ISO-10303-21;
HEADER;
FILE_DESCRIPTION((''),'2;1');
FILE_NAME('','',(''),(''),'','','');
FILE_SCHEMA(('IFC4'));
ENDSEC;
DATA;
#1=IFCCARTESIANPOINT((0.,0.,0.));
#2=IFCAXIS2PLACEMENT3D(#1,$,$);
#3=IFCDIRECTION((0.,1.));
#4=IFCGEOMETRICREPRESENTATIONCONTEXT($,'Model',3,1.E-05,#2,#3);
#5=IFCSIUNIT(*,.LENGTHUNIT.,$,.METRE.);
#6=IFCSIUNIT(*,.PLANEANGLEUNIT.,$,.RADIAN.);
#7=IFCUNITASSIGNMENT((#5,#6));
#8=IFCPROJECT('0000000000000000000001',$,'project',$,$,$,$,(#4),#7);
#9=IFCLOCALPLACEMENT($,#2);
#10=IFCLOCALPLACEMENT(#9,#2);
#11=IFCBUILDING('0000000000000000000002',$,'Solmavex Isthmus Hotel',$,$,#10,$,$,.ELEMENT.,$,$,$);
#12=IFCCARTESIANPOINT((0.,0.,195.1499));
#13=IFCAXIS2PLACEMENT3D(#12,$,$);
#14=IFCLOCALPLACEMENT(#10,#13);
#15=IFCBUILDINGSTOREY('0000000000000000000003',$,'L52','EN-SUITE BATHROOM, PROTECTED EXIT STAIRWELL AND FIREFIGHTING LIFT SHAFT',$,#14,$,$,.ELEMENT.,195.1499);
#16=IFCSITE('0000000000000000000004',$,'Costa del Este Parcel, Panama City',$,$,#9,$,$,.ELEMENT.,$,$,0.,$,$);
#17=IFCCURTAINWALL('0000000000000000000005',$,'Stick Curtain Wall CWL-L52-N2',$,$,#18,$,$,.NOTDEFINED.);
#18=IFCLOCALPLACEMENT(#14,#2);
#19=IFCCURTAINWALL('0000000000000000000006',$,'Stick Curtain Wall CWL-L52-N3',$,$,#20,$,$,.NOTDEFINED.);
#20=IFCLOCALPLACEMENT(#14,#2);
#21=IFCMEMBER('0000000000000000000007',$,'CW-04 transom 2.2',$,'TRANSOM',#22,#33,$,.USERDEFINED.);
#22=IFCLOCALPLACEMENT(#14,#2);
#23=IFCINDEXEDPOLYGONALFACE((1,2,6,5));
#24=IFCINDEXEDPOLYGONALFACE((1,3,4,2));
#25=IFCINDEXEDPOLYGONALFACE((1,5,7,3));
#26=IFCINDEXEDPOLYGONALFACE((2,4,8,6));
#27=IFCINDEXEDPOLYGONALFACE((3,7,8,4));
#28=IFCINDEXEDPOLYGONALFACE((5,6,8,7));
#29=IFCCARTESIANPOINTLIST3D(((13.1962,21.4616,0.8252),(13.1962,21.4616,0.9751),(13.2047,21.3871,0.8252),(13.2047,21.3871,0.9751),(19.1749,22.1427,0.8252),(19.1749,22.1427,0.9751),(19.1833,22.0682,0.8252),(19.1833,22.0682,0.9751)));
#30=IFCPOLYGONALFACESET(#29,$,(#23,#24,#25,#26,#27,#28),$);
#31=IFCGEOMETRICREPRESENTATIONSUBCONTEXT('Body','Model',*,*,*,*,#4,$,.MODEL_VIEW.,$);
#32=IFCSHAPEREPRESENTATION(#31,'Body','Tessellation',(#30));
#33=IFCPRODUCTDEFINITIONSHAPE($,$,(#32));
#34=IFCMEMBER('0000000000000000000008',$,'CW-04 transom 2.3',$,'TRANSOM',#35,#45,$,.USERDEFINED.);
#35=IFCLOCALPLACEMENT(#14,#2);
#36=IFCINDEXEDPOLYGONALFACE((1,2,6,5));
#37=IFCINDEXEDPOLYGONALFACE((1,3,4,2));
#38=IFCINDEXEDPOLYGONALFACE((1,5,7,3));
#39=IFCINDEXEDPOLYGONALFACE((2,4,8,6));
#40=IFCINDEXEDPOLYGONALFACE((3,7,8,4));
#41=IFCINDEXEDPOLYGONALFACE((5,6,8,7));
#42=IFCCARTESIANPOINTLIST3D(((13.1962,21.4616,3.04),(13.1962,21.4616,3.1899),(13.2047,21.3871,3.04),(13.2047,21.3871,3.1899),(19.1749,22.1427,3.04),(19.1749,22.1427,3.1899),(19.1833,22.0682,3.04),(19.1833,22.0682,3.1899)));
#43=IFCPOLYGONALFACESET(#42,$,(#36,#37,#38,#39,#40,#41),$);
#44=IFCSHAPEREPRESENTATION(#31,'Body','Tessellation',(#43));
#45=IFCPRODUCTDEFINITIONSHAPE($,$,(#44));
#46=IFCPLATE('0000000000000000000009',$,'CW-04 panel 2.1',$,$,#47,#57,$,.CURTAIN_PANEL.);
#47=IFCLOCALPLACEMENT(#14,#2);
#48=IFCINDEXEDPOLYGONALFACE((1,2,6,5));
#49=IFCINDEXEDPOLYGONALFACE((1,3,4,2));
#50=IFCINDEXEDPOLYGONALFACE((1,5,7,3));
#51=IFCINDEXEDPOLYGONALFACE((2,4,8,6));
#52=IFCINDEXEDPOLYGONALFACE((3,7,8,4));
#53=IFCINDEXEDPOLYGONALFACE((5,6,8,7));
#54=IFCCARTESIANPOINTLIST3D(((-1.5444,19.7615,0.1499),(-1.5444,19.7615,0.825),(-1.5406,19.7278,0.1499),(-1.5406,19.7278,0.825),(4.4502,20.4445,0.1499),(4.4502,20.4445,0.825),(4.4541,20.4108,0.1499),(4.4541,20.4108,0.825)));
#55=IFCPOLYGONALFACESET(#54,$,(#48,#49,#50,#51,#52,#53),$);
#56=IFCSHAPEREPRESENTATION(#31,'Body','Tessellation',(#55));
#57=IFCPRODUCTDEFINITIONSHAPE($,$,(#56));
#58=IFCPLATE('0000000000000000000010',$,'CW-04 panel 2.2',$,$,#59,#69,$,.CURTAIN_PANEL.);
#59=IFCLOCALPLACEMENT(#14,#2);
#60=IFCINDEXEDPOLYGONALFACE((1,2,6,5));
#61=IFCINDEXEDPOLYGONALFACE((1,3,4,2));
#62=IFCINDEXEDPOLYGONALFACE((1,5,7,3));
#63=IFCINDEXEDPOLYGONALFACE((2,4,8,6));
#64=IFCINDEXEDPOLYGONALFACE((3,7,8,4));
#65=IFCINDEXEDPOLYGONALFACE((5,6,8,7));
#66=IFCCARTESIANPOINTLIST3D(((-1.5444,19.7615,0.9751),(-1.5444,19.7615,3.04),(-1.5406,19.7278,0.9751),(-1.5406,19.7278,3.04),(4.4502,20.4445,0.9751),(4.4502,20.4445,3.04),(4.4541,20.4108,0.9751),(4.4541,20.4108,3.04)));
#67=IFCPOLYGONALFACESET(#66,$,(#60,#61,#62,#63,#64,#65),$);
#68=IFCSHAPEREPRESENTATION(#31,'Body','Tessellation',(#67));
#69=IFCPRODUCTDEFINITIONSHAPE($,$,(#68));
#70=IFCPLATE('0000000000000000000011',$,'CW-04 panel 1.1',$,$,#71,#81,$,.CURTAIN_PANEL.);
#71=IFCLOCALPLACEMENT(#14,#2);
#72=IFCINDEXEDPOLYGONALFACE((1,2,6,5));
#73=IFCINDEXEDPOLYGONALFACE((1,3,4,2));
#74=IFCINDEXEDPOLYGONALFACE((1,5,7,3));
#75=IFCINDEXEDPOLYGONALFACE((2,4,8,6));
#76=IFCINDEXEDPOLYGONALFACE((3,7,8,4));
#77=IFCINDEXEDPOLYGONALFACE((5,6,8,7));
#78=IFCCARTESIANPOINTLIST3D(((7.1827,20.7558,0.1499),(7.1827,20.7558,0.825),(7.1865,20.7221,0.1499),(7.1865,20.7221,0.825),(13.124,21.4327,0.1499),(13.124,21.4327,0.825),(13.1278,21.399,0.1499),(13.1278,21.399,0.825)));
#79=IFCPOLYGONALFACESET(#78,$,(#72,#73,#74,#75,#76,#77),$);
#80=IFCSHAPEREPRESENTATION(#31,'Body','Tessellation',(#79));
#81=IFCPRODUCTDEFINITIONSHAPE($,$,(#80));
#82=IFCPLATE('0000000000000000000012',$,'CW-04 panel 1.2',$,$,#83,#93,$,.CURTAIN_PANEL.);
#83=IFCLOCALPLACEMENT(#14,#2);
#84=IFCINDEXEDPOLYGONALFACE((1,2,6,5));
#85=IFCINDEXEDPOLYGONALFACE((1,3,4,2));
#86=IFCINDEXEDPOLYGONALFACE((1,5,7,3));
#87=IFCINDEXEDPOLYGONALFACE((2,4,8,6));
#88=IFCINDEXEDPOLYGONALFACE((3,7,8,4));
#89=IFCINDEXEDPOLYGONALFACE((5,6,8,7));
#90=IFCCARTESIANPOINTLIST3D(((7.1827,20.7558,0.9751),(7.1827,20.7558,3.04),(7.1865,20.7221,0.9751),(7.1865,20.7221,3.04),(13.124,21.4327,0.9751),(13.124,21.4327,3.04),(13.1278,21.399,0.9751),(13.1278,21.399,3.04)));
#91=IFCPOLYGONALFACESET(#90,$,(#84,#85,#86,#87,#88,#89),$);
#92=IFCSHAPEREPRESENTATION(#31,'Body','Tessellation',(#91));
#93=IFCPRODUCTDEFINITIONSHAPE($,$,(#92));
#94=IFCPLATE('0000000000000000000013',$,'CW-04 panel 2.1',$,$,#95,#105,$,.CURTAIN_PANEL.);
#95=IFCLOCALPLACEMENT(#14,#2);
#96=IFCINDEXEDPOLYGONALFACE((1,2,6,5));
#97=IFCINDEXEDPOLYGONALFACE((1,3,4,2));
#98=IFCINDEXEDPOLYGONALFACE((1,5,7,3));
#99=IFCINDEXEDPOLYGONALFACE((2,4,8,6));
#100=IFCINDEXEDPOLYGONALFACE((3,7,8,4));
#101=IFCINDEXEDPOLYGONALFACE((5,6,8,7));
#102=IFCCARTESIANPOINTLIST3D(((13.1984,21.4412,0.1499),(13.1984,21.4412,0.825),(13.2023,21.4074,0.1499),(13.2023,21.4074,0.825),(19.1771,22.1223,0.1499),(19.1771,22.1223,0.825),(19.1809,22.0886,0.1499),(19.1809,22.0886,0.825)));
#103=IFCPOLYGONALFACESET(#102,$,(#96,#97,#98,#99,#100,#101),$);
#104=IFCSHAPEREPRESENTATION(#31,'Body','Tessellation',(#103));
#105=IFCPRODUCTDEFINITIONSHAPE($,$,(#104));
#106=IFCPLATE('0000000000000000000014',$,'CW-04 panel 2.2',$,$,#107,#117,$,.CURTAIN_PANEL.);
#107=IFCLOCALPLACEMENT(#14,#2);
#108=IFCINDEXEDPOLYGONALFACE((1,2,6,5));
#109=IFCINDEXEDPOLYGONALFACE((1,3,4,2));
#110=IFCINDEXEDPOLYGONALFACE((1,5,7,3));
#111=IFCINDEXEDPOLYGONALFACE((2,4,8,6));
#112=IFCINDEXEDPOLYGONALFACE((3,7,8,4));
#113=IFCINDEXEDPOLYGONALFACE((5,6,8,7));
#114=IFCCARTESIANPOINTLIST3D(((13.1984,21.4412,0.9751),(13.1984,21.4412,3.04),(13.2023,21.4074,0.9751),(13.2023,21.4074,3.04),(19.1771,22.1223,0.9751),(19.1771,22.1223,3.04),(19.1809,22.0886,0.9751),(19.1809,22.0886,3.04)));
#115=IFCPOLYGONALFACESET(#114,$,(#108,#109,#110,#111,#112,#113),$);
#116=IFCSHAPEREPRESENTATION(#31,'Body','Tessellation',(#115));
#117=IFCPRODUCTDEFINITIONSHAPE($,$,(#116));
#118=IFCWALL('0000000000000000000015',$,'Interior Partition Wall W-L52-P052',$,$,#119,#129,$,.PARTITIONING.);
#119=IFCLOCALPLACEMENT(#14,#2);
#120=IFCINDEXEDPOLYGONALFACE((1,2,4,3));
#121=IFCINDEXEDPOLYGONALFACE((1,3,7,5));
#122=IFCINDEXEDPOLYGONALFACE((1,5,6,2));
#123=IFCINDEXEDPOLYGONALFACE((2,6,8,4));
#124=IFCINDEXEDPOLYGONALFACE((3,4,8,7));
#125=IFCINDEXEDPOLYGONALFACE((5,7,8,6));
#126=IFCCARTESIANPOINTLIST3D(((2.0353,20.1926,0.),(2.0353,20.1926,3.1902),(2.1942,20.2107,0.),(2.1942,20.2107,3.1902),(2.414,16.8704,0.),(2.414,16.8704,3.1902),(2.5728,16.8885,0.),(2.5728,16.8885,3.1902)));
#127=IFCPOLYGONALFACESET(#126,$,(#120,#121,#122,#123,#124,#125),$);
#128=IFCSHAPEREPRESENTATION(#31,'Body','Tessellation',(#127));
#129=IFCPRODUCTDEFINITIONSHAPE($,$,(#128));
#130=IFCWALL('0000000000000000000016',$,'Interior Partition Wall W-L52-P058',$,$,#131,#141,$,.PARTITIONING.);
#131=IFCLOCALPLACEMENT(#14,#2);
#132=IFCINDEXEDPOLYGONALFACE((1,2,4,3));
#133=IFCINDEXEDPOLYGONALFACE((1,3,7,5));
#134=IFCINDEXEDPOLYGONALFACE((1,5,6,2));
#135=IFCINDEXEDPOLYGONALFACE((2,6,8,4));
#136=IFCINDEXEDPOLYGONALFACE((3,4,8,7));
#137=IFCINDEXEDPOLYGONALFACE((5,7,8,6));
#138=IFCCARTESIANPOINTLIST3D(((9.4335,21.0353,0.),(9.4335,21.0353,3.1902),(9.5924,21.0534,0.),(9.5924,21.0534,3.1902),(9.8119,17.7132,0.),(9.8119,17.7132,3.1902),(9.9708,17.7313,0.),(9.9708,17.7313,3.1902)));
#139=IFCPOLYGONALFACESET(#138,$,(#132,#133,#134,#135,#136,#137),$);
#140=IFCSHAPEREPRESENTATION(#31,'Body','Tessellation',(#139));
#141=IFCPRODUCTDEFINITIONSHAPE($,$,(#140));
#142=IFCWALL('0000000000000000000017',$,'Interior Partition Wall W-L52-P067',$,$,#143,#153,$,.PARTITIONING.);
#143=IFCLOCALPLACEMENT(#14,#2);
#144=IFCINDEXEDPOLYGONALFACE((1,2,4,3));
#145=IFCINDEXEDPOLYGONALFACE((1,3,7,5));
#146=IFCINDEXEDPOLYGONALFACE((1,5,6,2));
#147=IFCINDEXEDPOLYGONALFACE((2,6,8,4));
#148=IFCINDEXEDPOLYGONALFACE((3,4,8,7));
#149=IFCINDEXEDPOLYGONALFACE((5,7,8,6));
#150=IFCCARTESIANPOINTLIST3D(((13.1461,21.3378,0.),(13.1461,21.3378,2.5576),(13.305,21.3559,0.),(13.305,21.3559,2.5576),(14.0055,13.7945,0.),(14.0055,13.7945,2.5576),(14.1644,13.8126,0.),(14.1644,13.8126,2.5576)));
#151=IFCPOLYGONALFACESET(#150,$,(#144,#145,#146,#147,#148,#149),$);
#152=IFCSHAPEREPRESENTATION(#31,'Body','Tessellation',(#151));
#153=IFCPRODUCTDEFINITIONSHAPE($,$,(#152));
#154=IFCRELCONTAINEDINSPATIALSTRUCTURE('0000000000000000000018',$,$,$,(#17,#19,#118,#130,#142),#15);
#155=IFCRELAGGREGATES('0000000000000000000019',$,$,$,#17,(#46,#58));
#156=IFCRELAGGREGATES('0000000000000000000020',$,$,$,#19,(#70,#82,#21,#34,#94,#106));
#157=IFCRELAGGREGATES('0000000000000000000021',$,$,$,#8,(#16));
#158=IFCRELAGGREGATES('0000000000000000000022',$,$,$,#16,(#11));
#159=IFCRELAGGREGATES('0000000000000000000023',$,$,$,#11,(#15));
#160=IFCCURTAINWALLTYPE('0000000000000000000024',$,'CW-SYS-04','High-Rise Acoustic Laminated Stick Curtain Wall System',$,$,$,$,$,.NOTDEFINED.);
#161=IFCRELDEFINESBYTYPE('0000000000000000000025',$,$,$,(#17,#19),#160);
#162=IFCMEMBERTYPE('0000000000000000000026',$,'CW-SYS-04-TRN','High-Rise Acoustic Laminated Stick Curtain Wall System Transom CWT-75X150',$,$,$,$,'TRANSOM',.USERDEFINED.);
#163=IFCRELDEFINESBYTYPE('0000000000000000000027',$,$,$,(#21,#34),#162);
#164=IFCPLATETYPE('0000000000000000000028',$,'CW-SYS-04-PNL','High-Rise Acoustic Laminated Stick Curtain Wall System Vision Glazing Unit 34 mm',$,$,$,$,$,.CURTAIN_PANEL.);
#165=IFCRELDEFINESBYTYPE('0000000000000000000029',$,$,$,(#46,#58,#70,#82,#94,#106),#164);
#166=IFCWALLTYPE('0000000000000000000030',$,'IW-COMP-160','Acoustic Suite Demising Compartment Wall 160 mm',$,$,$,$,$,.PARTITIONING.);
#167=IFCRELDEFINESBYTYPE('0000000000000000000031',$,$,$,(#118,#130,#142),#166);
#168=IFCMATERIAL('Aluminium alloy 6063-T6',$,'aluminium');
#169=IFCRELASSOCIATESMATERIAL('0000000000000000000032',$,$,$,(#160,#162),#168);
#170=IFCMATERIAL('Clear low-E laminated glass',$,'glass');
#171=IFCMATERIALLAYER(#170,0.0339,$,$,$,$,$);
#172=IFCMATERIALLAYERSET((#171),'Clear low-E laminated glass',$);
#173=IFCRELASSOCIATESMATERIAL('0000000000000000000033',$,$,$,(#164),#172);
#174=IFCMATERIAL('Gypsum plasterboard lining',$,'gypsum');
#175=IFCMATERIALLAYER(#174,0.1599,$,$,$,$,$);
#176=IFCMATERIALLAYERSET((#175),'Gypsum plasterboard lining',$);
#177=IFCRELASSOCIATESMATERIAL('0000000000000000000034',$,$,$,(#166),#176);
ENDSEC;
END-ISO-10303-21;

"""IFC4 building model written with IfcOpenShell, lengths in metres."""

from ifc_helpers import new_model, si_unit, direction, frame, frame_2d, origin, origin_2d, place, context, subcontext, project, spatial, rectangle, extrude, material, layer, layer_set, material_profile, profile_set, type_object, element, aggregate, save


model = new_model("IFC4")

# Units and contexts
model_context = context("Model", 3, precision=1e-05, world=origin(), true_north=direction((0.0, 1.0)))
body_context = subcontext(model_context, "Body", "Model", "MODEL_VIEW")
ifc_project = project(units=[si_unit("LENGTHUNIT", "METRE"), si_unit("PLANEANGLEUNIT", "RADIAN")], contexts=[model_context])

# Site, building, storey
site_placement = place(None, origin())
site = spatial("IfcSite", under=ifc_project, at=site_placement, Name="Costa del Este Parcel, Panama City", CompositionType="ELEMENT", RefElevation=0.0)
building_placement = place(site_placement, origin())
building = spatial("IfcBuilding", under=site, at=building_placement, Name="Solmavex Isthmus Hotel", CompositionType="ELEMENT")
storey_placement = place(building_placement, frame((0.0, 0.0, 195.1499)))
storey = spatial("IfcBuildingStorey", under=building, at=storey_placement, Name="L52", Description="EN-SUITE BATHROOM, PROTECTED EXIT STAIRWELL AND FIREFIGHTING LIFT SHAFT", CompositionType="ELEMENT", Elevation=195.1499)

# Curtain wall
ifc_material_1 = material(Name="Aluminium alloy 6063-T6", Category="aluminium")
curtain_wall_type = type_object("IfcCurtainWallType", Name="CW-SYS-04", Description="High-Rise Acoustic Laminated Stick Curtain Wall System", PredefinedType="NOTDEFINED", material=ifc_material_1)
curtain_wall_1_placement = place(storey_placement, origin())
curtain_wall_1 = element("IfcCurtainWall", 1, at=curtain_wall_1_placement, inside=storey, type_object=curtain_wall_type, Name="Stick Curtain Wall CWL-L52-N2", PredefinedType="NOTDEFINED")

# Curtain wall, members
curtain_wall_2_placement = place(storey_placement, origin())
curtain_wall_2 = element("IfcCurtainWall", 2, at=curtain_wall_2_placement, inside=storey, type_object=curtain_wall_type, Name="Stick Curtain Wall CWL-L52-N3", PredefinedType="NOTDEFINED")
ifc_material_profile_1 = material_profile(ifc_material_1, rectangle(XDim=0.075, YDim=0.1499, at=origin_2d()), Name="CWT-75X150")
ifc_profile_set_1 = profile_set([ifc_material_profile_1], Name="Aluminium alloy 6063-T6")
member_type_1 = type_object("IfcMemberType", Name="CW-SYS-04-TRN", Description="High-Rise Acoustic Laminated Stick Curtain Wall System Transom CWT-75X150", ElementType="TRANSOM", PredefinedType="USERDEFINED", material=ifc_profile_set_1)
member_1_placement = place(storey_placement, frame((13.2004, 21.4243, 0.9001), z_axis=(0.993573, 0.113196, 0.0), x_axis=(-0.113196, 0.993573, 0.0)))
member_1 = element("IfcMember", 3, at=member_1_placement, type_object=member_type_1, Name="CW-04 transom 2.2", ObjectType="TRANSOM", PredefinedType="USERDEFINED", context=body_context, shape_type="SweptSolid", body=[
    extrude(rectangle(XDim=0.075, YDim=0.1499, at=origin_2d()), origin(), (0.0, 0.0, 1.0), 6.0173),
])
member_2_placement = place(storey_placement, frame((13.2004, 21.4243, 3.115), z_axis=(0.993573, 0.113196, 0.0), x_axis=(-0.113196, 0.993573, 0.0)))
member_2 = element("IfcMember", 4, at=member_2_placement, type_object=member_type_1, Name="CW-04 transom 2.3", ObjectType="TRANSOM", PredefinedType="USERDEFINED", context=body_context, shape_type="SweptSolid", body=[
    extrude(rectangle(XDim=0.075, YDim=0.1499, at=origin_2d()), origin(), (0.0, 0.0, 1.0), 6.0173),
])

# Plates
ifc_material_2 = material(Name="Clear low-E laminated glass", Category="glass")
ifc_layer_1 = layer(ifc_material_2, 0.0339)
ifc_layer_set_1 = layer_set([ifc_layer_1], Name="Clear low-E laminated glass")
plate_type = type_object("IfcPlateType", Name="CW-SYS-04-PNL", Description="High-Rise Acoustic Laminated Stick Curtain Wall System Vision Glazing Unit 34 mm", PredefinedType="CURTAIN_PANEL", material=ifc_layer_set_1)
plate_1_placement = place(storey_placement, frame((1.4548, 20.0862, 0.1499), z_axis=(0.0, 0.0, 1.0), x_axis=(0.993572, 0.113203, 0.0)))
plate_1 = element("IfcPlate", 5, at=plate_1_placement, type_object=plate_type, Name="CW-04 panel 2.1", PredefinedType="CURTAIN_PANEL", context=body_context, shape_type="SweptSolid", body=[
    extrude(rectangle(XDim=6.0334, YDim=0.0339, at=origin_2d()), origin(), (0.0, 0.0, 1.0), 0.675),
])
plate_2_placement = place(storey_placement, frame((1.4548, 20.0862, 0.9751), z_axis=(0.0, 0.0, 1.0), x_axis=(0.993572, 0.113203, 0.0)))
plate_2 = element("IfcPlate", 6, at=plate_2_placement, type_object=plate_type, Name="CW-04 panel 2.2", PredefinedType="CURTAIN_PANEL", context=body_context, shape_type="SweptSolid", body=[
    extrude(rectangle(XDim=6.0334, YDim=0.0339, at=origin_2d()), origin(), (0.0, 0.0, 1.0), 2.0649),
])
aggregate(curtain_wall_1, [plate_1, plate_2])
plate_3_placement = place(storey_placement, frame((10.1553, 21.0774, 0.1499), z_axis=(0.0, 0.0, 1.0), x_axis=(0.993572, 0.113203, 0.0)))
plate_3 = element("IfcPlate", 7, at=plate_3_placement, type_object=plate_type, Name="CW-04 panel 1.1", PredefinedType="CURTAIN_PANEL", context=body_context, shape_type="SweptSolid", body=[
    extrude(rectangle(XDim=5.9797, YDim=0.0339, at=origin_2d()), origin(), (0.0, 0.0, 1.0), 0.675),
])
plate_4_placement = place(storey_placement, frame((10.1553, 21.0774, 0.9751), z_axis=(0.0, 0.0, 1.0), x_axis=(0.993572, 0.113203, 0.0)))
plate_4 = element("IfcPlate", 8, at=plate_4_placement, type_object=plate_type, Name="CW-04 panel 1.2", PredefinedType="CURTAIN_PANEL", context=body_context, shape_type="SweptSolid", body=[
    extrude(rectangle(XDim=5.9797, YDim=0.0339, at=origin_2d()), origin(), (0.0, 0.0, 1.0), 2.0649),
])
plate_5_placement = place(storey_placement, frame((16.1897, 21.7649, 0.1499), z_axis=(0.0, 0.0, 1.0), x_axis=(0.993572, 0.113203, 0.0)))
plate_5 = element("IfcPlate", 9, at=plate_5_placement, type_object=plate_type, Name="CW-04 panel 2.1", PredefinedType="CURTAIN_PANEL", context=body_context, shape_type="SweptSolid", body=[
    extrude(rectangle(XDim=6.0173, YDim=0.0339, at=origin_2d()), origin(), (0.0, 0.0, 1.0), 0.675),
])
plate_6_placement = place(storey_placement, frame((16.1897, 21.7649, 0.9751), z_axis=(0.0, 0.0, 1.0), x_axis=(0.993572, 0.113203, 0.0)))
plate_6 = element("IfcPlate", 10, at=plate_6_placement, type_object=plate_type, Name="CW-04 panel 2.2", PredefinedType="CURTAIN_PANEL", context=body_context, shape_type="SweptSolid", body=[
    extrude(rectangle(XDim=6.0173, YDim=0.0339, at=origin_2d()), origin(), (0.0, 0.0, 1.0), 2.0649),
])
aggregate(curtain_wall_2, [plate_3, plate_4, member_1, member_2, plate_5, plate_6])

# Walls
ifc_material_3 = material(Name="Gypsum plasterboard lining", Category="gypsum")
ifc_layer_2 = layer(ifc_material_3, 0.1599)
ifc_layer_set_2 = layer_set([ifc_layer_2], Name="Gypsum plasterboard lining")
wall_type_1 = type_object("IfcWallType", Name="IW-COMP-160", Description="Acoustic Suite Demising Compartment Wall 160 mm", PredefinedType="PARTITIONING", material=ifc_layer_set_2)
wall_1_placement = place(storey_placement, frame((2.1147, 20.2017, 0.0), z_axis=(0.0, 0.0, 1.0), x_axis=(0.113244, -0.993567, 0.0)))
element("IfcWall", 11, at=wall_1_placement, inside=storey, type_object=wall_type_1, Name="Interior Partition Wall W-L52-P052", PredefinedType="PARTITIONING", context=body_context, shape_type="SweptSolid", body=[
    extrude(rectangle(XDim=3.3438, YDim=0.1599, at=frame_2d((1.6719, 0.0))), origin(), (0.0, 0.0, 1.0), 3.1902),
])
wall_2_placement = place(storey_placement, frame((9.5129, 21.0444, 0.0), z_axis=(0.0, 0.0, 1.0), x_axis=(0.11318, -0.993574, 0.0)))
element("IfcWall", 12, at=wall_2_placement, inside=storey, type_object=wall_type_1, Name="Interior Partition Wall W-L52-P058", PredefinedType="PARTITIONING", context=body_context, shape_type="SweptSolid", body=[
    extrude(rectangle(XDim=3.3435, YDim=0.1599, at=frame_2d((1.6719, 0.0))), origin(), (0.0, 0.0, 1.0), 3.1902),
])
wall_3_placement = place(storey_placement, frame((13.2256, 21.3467, 0.0), z_axis=(0.0, 0.0, 1.0), x_axis=(0.113195, -0.993573, 0.0)))
element("IfcWall", 13, at=wall_3_placement, inside=storey, type_object=wall_type_1, Name="Interior Partition Wall W-L52-P067", PredefinedType="PARTITIONING", context=body_context, shape_type="SweptSolid", body=[
    extrude(rectangle(XDim=7.592, YDim=0.1599, at=frame_2d((3.7959, 0.0))), origin(), (0.0, 0.0, 1.0), 2.5576),
])

save(model, "model.ifc")
